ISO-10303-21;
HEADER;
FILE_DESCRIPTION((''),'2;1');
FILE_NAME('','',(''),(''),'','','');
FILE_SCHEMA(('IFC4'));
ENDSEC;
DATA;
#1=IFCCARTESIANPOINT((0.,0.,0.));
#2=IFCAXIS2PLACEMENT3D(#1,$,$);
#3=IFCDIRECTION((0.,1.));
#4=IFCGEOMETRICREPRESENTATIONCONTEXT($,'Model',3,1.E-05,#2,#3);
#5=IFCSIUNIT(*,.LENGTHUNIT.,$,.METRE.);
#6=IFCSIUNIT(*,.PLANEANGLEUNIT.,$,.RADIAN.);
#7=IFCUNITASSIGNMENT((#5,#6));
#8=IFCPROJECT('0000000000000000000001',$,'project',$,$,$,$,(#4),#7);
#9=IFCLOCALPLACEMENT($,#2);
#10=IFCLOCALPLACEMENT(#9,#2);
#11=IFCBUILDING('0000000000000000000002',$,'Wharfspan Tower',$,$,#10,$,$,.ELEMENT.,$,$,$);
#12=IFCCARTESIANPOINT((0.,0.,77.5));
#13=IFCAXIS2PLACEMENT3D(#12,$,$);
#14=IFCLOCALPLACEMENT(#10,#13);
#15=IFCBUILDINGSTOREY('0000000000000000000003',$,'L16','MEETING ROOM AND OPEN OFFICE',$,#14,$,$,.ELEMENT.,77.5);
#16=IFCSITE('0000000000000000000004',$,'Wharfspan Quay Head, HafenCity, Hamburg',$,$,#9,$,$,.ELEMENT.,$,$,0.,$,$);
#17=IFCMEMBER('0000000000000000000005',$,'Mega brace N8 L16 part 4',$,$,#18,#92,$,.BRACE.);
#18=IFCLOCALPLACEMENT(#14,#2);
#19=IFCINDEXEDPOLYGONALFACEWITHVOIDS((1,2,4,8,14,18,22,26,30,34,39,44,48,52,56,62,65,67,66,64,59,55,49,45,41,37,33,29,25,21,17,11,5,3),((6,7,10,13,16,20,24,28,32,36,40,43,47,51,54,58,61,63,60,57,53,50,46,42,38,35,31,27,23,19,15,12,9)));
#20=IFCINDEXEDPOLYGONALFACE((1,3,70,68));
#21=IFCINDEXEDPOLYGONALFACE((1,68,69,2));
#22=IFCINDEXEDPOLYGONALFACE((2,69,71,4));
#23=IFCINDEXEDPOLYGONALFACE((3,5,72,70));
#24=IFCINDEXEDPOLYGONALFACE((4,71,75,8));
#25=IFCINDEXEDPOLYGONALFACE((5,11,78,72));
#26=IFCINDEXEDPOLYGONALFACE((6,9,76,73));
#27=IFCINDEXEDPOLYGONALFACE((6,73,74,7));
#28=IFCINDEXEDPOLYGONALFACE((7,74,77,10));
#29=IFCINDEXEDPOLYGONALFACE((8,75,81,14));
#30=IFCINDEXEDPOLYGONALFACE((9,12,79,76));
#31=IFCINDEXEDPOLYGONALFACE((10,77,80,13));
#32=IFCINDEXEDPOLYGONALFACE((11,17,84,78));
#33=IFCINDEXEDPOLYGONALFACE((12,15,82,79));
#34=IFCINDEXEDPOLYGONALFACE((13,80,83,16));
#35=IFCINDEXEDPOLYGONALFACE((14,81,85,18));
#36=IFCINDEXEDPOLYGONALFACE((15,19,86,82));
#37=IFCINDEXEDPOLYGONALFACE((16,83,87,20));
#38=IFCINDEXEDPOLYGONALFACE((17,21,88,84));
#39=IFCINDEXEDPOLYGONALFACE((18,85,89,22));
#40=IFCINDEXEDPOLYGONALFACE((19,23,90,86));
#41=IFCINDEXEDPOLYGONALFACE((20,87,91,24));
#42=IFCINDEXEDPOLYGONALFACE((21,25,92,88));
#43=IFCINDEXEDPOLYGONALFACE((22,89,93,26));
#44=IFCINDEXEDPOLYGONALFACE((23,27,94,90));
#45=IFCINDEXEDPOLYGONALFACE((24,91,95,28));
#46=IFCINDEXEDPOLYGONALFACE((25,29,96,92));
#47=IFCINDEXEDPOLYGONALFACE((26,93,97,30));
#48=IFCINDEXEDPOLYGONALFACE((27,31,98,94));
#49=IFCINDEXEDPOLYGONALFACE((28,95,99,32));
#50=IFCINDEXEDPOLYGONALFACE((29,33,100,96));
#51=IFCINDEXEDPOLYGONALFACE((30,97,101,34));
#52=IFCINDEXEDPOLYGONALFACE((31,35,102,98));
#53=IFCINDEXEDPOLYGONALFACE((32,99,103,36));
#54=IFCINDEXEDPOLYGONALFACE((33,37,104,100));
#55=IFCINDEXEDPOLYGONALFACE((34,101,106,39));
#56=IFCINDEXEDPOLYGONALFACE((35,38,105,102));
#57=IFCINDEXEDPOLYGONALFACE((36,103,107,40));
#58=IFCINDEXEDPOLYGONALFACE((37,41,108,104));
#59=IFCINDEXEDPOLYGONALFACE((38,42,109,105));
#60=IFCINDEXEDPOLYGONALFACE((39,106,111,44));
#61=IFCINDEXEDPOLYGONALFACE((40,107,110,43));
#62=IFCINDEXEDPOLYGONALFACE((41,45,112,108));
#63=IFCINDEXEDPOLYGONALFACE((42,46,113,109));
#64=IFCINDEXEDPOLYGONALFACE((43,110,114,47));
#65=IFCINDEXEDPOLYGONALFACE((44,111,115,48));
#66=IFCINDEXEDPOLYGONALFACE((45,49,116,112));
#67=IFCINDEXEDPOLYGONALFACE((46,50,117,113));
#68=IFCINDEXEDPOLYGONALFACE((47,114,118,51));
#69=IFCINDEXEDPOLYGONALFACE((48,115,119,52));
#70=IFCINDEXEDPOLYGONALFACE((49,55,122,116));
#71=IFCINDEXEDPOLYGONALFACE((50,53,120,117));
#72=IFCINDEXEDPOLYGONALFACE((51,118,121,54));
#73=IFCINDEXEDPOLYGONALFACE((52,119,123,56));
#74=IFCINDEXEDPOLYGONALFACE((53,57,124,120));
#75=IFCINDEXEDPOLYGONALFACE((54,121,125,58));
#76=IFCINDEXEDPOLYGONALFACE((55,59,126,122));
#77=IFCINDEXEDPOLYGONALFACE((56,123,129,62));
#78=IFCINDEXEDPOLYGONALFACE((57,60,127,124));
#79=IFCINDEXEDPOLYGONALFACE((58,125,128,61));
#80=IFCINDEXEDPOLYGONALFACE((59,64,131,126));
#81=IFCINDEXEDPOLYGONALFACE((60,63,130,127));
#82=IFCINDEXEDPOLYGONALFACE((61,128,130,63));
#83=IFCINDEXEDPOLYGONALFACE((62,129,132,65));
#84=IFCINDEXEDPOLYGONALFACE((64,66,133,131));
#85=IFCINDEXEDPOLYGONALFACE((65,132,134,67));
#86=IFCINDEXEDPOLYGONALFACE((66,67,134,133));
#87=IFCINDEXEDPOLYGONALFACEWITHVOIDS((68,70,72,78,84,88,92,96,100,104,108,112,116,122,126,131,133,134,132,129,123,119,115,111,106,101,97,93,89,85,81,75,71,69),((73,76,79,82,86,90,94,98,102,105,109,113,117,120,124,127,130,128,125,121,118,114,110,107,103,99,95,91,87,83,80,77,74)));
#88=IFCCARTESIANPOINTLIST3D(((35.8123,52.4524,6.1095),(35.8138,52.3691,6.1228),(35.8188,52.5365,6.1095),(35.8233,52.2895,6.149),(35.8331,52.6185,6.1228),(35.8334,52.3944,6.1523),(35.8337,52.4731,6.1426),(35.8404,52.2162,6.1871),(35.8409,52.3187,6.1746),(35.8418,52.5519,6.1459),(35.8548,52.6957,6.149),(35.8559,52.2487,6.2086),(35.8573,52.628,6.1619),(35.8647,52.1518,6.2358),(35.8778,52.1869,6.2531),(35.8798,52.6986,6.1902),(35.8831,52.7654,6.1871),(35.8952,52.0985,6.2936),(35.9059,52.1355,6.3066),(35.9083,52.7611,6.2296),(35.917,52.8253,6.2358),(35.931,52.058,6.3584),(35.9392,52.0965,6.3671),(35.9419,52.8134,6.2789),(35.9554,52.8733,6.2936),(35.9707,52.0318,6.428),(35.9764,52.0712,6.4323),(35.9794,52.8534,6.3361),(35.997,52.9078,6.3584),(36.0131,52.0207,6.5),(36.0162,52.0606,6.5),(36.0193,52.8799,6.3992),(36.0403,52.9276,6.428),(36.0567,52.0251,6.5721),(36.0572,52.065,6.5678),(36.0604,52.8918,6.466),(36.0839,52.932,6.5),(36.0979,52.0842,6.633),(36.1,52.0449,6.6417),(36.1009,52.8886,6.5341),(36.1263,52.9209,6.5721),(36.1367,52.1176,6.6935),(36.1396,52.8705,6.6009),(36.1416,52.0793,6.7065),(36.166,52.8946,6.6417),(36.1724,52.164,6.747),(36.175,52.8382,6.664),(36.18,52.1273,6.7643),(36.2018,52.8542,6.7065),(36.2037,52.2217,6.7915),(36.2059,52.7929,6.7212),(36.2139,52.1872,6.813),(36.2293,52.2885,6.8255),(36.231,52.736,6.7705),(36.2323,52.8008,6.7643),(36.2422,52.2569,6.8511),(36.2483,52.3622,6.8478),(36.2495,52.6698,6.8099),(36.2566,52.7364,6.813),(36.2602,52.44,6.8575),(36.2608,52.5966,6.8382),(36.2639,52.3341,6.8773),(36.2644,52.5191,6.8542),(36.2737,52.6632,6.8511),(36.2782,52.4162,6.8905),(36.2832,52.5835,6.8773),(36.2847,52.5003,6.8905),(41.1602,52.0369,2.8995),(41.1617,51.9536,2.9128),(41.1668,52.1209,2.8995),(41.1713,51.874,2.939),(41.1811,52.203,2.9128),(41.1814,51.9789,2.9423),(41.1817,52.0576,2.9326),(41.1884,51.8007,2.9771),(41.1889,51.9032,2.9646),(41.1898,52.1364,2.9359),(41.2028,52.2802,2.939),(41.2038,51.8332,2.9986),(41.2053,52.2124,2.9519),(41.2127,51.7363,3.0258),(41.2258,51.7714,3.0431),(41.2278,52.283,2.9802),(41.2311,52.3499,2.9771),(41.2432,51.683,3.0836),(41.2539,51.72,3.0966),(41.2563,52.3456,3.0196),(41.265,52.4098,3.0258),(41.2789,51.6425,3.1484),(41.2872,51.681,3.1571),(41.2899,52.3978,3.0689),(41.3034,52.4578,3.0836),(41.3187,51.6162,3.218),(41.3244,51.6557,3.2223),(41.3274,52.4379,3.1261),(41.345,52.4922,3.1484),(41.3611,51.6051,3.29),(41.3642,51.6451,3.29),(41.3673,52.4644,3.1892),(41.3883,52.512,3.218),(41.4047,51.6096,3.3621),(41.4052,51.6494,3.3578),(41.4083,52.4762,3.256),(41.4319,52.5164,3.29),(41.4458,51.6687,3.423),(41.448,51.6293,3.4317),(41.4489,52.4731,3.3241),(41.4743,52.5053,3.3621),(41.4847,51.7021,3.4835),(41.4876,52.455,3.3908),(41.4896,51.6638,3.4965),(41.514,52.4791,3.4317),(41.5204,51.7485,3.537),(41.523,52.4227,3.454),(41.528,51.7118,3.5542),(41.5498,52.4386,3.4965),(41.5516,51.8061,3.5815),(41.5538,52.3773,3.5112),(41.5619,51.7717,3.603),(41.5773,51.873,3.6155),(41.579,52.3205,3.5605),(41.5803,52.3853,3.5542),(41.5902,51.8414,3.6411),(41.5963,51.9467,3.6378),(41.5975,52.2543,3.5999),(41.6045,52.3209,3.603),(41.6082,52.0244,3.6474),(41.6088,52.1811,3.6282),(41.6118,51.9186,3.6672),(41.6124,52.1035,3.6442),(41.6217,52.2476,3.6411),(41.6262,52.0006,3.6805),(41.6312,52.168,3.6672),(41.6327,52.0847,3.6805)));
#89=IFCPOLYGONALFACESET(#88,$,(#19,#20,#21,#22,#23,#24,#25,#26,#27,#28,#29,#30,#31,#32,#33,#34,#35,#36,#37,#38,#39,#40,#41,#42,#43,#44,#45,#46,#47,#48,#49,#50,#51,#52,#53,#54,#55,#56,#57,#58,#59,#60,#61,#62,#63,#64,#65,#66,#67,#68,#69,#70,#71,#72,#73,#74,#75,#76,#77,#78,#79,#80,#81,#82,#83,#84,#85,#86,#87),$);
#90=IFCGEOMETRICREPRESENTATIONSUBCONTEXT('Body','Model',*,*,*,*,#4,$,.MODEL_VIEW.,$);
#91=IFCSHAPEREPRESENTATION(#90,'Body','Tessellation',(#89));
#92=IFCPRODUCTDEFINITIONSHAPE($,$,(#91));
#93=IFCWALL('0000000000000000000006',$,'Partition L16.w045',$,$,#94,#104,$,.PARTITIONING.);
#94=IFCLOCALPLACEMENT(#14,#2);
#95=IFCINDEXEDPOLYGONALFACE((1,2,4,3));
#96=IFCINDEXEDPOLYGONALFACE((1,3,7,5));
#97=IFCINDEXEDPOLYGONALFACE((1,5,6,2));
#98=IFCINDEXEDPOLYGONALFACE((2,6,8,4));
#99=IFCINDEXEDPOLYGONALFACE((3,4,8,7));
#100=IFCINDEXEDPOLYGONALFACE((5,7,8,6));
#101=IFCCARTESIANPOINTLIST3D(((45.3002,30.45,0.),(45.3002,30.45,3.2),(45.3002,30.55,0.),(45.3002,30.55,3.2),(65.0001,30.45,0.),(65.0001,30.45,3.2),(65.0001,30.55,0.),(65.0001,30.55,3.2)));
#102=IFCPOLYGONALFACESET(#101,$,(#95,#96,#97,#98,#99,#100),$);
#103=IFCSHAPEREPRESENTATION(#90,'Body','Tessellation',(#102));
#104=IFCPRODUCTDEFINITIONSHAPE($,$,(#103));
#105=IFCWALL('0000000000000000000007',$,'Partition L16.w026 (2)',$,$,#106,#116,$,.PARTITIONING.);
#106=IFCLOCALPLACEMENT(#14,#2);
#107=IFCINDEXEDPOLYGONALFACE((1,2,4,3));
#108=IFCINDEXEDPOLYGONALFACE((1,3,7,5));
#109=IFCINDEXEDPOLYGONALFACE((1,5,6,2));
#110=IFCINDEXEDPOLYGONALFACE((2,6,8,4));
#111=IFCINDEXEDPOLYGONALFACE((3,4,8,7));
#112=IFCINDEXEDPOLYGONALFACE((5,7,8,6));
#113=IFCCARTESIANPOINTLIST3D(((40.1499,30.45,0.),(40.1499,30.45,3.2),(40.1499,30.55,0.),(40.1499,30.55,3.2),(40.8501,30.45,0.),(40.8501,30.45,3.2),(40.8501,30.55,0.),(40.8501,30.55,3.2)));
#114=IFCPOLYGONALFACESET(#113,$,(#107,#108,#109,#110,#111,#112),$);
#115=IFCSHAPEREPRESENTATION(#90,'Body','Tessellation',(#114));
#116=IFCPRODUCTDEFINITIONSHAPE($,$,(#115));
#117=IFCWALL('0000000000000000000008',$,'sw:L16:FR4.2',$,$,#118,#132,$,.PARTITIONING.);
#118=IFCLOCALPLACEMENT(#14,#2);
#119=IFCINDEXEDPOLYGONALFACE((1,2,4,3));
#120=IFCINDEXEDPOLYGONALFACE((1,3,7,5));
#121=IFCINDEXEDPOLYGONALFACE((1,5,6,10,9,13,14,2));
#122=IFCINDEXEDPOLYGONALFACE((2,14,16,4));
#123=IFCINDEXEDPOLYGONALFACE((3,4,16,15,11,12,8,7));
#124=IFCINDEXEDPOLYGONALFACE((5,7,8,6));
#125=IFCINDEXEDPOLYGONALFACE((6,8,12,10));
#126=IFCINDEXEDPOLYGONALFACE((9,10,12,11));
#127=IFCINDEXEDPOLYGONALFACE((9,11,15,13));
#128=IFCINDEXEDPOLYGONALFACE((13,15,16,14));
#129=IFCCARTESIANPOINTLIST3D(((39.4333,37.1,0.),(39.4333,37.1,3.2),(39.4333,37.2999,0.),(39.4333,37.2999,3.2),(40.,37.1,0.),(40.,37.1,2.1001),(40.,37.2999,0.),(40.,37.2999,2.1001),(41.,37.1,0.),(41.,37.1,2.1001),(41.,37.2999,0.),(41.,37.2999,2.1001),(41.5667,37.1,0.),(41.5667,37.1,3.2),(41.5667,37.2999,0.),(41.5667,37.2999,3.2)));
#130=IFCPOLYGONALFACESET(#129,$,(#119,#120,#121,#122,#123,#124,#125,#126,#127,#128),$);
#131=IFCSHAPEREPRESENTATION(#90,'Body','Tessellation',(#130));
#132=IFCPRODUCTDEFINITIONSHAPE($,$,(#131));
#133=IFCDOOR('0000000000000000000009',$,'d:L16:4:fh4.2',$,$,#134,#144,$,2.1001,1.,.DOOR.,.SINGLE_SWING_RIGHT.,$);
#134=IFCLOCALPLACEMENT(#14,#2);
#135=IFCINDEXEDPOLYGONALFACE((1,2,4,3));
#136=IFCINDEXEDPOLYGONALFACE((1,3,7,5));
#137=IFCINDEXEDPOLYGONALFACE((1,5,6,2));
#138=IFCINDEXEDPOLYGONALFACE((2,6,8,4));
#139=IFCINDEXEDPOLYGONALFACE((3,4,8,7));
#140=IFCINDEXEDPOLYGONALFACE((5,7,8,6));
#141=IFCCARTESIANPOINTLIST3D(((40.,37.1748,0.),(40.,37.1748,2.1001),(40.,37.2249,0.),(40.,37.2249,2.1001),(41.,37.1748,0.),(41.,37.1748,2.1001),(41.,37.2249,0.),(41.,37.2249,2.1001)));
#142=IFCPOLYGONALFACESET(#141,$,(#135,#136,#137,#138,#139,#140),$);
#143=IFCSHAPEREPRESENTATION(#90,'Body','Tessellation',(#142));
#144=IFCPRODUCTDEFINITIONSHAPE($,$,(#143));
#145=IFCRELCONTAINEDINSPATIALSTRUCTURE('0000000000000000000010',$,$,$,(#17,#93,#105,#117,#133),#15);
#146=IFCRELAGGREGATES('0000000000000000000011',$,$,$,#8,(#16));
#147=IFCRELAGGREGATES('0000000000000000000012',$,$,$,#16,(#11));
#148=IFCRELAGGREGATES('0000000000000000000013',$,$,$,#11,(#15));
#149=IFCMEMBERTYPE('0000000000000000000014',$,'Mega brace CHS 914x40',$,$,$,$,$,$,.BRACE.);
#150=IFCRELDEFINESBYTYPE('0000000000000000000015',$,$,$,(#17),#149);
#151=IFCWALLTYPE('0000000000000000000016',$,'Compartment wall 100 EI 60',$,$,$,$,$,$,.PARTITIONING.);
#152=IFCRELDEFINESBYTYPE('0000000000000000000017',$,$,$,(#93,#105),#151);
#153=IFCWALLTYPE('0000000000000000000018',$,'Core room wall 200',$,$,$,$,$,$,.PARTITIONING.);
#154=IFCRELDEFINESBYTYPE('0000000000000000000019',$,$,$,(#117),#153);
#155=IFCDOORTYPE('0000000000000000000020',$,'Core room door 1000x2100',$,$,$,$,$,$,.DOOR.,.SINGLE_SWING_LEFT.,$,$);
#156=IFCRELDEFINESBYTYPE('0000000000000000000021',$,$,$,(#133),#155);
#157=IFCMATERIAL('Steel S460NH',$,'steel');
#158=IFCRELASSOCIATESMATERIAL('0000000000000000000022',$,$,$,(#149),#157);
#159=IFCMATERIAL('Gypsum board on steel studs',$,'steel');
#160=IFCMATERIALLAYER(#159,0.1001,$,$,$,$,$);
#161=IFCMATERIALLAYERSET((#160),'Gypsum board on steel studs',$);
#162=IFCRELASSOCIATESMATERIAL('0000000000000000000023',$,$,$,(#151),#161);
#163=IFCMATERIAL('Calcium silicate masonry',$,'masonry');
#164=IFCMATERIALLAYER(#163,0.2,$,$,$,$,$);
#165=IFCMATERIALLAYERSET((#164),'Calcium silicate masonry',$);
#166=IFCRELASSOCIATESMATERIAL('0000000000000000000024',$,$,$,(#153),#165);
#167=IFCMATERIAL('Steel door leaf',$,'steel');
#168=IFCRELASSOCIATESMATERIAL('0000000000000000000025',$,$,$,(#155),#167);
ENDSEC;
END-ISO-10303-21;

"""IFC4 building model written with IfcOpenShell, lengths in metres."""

from ifc_helpers import new_model, si_unit, direction, frame, frame_2d, origin, origin_2d, place, context, subcontext, project, spatial, rectangle, hollow_circle, extrude, material, layer, layer_set, material_profile, profile_set, type_object, element, fill, save


model = new_model("IFC4")

# Units and contexts
model_context = context("Model", 3, precision=1e-05, world=origin(), true_north=direction((0.0, 1.0)))
body_context = subcontext(model_context, "Body", "Model", "MODEL_VIEW")
ifc_project = project(units=[si_unit("LENGTHUNIT", "METRE"), si_unit("PLANEANGLEUNIT", "RADIAN")], contexts=[model_context])

# Site, building, storey
site_placement = place(None, origin())
site = spatial("IfcSite", under=ifc_project, at=site_placement, Name="Wharfspan Quay Head, HafenCity, Hamburg", CompositionType="ELEMENT", RefElevation=0.0)
building_placement = place(site_placement, origin())
building = spatial("IfcBuilding", under=site, at=building_placement, Name="Wharfspan Tower", CompositionType="ELEMENT")
storey_placement = place(building_placement, frame((0.0, 0.0, 77.5)))
storey = spatial("IfcBuildingStorey", under=building, at=storey_placement, Name="L16", Description="MEETING ROOM AND OPEN OFFICE", CompositionType="ELEMENT", Elevation=77.5)

# Member
ifc_material_1 = material(Name="Steel S460NH", Category="steel")
ifc_material_profile_1 = material_profile(ifc_material_1, hollow_circle(Radius=0.457, WallThickness=0.04, at=origin_2d()))
ifc_profile_set_1 = profile_set([ifc_material_profile_1], Name="Steel S460NH")
member_type = type_object("IfcMemberType", Name="Mega brace CHS 914x40", PredefinedType="BRACE", material=ifc_profile_set_1)
for number, where, z_axis, x_axis, name in (
    (1, (41.3965, 52.0608, 3.29), (-0.85551, 0.066472, 0.513501), (-0.077467, -0.996995, -0.000003), "Mega brace N8 L16 part 4"),
):
    element("IfcMember", number, at=place(storey_placement, frame(where, z_axis=z_axis, x_axis=x_axis)), inside=storey, type_object=member_type, Name=name, PredefinedType="BRACE", context=body_context, shape_type="SweptSolid", body=[
        extrude(hollow_circle(Radius=0.457, WallThickness=0.04, at=origin_2d()), origin(), (0.0, 0.0, 1.0), 6.2512),
    ])

# Walls
ifc_material_2 = material(Name="Gypsum board on steel studs", Category="steel")
ifc_layer_1 = layer(ifc_material_2, 0.1001)
ifc_layer_set_1 = layer_set([ifc_layer_1], Name="Gypsum board on steel studs")
wall_type_1 = type_object("IfcWallType", Name="Compartment wall 100 EI 60", PredefinedType="PARTITIONING", material=ifc_layer_set_1)
wall_1_placement = place(storey_placement, frame((45.3, 30.5, 0.0), z_axis=(0.0, 0.0, 1.0), x_axis=(1.0, 0.0, 0.0)))
element("IfcWall", 2, at=wall_1_placement, inside=storey, type_object=wall_type_1, Name="Partition L16.w045", PredefinedType="PARTITIONING", context=body_context, shape_type="SweptSolid", body=[
    extrude(rectangle(XDim=19.7, YDim=0.1001, at=frame_2d((9.8501, 0.0))), origin(), (0.0, 0.0, 1.0), 3.2),
])
wall_2_placement = place(storey_placement, frame((40.1499, 30.5, 0.0), z_axis=(0.0, 0.0, 1.0), x_axis=(1.0, 0.0, 0.0)))
element("IfcWall", 3, at=wall_2_placement, inside=storey, type_object=wall_type_1, Name="Partition L16.w026 (2)", PredefinedType="PARTITIONING", context=body_context, shape_type="SweptSolid", body=[
    extrude(rectangle(XDim=0.7002, YDim=0.1001, at=frame_2d((0.3501, 0.0))), origin(), (0.0, 0.0, 1.0), 3.2),
])

# Wall, opening, door
ifc_material_3 = material(Name="Calcium silicate masonry", Category="masonry")
ifc_layer_2 = layer(ifc_material_3, 0.2)
ifc_layer_set_2 = layer_set([ifc_layer_2], Name="Calcium silicate masonry")
wall_type_2 = type_object("IfcWallType", Name="Core room wall 200", PredefinedType="PARTITIONING", material=ifc_layer_set_2)
wall_3_placement = place(storey_placement, frame((39.4333, 37.2, 0.0), z_axis=(0.0, 0.0, 1.0), x_axis=(1.0, 0.0, 0.0)))
wall_3 = element("IfcWall", 4, at=wall_3_placement, inside=storey, type_object=wall_type_2, Name="sw:L16:FR4.2", PredefinedType="PARTITIONING", context=body_context, shape_type="SweptSolid", body=[
    extrude(rectangle(XDim=2.1333, YDim=0.2, at=frame_2d((1.0667, 0.0))), origin(), (0.0, 0.0, 1.0), 3.2),
])
opening_1_placement = place(wall_3_placement, frame((0.5666, 0.0, 0.0)))
opening_1 = element("IfcOpeningElement", 5, at=opening_1_placement, cuts=wall_3, PredefinedType="OPENING", context=body_context, shape_type="SweptSolid", body=[
    extrude(rectangle(XDim=1.0, YDim=2.1001, at=frame_2d((0.5, 1.05))), frame((0.0, 0.1099, 0.0), z_axis=(0.0, -1.0, 0.0), x_axis=(1.0, 0.0, 0.0)), (0.0, 0.0, 1.0), 0.22),
])
ifc_material_4 = material(Name="Steel door leaf", Category="steel")
door_type_1 = type_object("IfcDoorType", Name="Core room door 1000x2100", OperationType="SINGLE_SWING_LEFT", PredefinedType="DOOR", material=ifc_material_4)
door_1_placement = place(opening_1_placement, origin())
door_1 = element("IfcDoor", 6, at=door_1_placement, inside=storey, type_object=door_type_1, Name="d:L16:4:fh4.2", OperationType="SINGLE_SWING_RIGHT", OverallHeight=2.1001, OverallWidth=1.0, PredefinedType="DOOR", context=body_context, shape_type="SweptSolid", body=[
    extrude(rectangle(XDim=1.0, YDim=2.1001, at=frame_2d((0.5, 1.05))), frame((0.0, 0.0249, 0.0), z_axis=(0.0, -1.0, 0.0), x_axis=(1.0, 0.0, 0.0)), (0.0, 0.0, 1.0), 0.05),
])
fill(opening_1, door_1)

save(model, "model.ifc")
